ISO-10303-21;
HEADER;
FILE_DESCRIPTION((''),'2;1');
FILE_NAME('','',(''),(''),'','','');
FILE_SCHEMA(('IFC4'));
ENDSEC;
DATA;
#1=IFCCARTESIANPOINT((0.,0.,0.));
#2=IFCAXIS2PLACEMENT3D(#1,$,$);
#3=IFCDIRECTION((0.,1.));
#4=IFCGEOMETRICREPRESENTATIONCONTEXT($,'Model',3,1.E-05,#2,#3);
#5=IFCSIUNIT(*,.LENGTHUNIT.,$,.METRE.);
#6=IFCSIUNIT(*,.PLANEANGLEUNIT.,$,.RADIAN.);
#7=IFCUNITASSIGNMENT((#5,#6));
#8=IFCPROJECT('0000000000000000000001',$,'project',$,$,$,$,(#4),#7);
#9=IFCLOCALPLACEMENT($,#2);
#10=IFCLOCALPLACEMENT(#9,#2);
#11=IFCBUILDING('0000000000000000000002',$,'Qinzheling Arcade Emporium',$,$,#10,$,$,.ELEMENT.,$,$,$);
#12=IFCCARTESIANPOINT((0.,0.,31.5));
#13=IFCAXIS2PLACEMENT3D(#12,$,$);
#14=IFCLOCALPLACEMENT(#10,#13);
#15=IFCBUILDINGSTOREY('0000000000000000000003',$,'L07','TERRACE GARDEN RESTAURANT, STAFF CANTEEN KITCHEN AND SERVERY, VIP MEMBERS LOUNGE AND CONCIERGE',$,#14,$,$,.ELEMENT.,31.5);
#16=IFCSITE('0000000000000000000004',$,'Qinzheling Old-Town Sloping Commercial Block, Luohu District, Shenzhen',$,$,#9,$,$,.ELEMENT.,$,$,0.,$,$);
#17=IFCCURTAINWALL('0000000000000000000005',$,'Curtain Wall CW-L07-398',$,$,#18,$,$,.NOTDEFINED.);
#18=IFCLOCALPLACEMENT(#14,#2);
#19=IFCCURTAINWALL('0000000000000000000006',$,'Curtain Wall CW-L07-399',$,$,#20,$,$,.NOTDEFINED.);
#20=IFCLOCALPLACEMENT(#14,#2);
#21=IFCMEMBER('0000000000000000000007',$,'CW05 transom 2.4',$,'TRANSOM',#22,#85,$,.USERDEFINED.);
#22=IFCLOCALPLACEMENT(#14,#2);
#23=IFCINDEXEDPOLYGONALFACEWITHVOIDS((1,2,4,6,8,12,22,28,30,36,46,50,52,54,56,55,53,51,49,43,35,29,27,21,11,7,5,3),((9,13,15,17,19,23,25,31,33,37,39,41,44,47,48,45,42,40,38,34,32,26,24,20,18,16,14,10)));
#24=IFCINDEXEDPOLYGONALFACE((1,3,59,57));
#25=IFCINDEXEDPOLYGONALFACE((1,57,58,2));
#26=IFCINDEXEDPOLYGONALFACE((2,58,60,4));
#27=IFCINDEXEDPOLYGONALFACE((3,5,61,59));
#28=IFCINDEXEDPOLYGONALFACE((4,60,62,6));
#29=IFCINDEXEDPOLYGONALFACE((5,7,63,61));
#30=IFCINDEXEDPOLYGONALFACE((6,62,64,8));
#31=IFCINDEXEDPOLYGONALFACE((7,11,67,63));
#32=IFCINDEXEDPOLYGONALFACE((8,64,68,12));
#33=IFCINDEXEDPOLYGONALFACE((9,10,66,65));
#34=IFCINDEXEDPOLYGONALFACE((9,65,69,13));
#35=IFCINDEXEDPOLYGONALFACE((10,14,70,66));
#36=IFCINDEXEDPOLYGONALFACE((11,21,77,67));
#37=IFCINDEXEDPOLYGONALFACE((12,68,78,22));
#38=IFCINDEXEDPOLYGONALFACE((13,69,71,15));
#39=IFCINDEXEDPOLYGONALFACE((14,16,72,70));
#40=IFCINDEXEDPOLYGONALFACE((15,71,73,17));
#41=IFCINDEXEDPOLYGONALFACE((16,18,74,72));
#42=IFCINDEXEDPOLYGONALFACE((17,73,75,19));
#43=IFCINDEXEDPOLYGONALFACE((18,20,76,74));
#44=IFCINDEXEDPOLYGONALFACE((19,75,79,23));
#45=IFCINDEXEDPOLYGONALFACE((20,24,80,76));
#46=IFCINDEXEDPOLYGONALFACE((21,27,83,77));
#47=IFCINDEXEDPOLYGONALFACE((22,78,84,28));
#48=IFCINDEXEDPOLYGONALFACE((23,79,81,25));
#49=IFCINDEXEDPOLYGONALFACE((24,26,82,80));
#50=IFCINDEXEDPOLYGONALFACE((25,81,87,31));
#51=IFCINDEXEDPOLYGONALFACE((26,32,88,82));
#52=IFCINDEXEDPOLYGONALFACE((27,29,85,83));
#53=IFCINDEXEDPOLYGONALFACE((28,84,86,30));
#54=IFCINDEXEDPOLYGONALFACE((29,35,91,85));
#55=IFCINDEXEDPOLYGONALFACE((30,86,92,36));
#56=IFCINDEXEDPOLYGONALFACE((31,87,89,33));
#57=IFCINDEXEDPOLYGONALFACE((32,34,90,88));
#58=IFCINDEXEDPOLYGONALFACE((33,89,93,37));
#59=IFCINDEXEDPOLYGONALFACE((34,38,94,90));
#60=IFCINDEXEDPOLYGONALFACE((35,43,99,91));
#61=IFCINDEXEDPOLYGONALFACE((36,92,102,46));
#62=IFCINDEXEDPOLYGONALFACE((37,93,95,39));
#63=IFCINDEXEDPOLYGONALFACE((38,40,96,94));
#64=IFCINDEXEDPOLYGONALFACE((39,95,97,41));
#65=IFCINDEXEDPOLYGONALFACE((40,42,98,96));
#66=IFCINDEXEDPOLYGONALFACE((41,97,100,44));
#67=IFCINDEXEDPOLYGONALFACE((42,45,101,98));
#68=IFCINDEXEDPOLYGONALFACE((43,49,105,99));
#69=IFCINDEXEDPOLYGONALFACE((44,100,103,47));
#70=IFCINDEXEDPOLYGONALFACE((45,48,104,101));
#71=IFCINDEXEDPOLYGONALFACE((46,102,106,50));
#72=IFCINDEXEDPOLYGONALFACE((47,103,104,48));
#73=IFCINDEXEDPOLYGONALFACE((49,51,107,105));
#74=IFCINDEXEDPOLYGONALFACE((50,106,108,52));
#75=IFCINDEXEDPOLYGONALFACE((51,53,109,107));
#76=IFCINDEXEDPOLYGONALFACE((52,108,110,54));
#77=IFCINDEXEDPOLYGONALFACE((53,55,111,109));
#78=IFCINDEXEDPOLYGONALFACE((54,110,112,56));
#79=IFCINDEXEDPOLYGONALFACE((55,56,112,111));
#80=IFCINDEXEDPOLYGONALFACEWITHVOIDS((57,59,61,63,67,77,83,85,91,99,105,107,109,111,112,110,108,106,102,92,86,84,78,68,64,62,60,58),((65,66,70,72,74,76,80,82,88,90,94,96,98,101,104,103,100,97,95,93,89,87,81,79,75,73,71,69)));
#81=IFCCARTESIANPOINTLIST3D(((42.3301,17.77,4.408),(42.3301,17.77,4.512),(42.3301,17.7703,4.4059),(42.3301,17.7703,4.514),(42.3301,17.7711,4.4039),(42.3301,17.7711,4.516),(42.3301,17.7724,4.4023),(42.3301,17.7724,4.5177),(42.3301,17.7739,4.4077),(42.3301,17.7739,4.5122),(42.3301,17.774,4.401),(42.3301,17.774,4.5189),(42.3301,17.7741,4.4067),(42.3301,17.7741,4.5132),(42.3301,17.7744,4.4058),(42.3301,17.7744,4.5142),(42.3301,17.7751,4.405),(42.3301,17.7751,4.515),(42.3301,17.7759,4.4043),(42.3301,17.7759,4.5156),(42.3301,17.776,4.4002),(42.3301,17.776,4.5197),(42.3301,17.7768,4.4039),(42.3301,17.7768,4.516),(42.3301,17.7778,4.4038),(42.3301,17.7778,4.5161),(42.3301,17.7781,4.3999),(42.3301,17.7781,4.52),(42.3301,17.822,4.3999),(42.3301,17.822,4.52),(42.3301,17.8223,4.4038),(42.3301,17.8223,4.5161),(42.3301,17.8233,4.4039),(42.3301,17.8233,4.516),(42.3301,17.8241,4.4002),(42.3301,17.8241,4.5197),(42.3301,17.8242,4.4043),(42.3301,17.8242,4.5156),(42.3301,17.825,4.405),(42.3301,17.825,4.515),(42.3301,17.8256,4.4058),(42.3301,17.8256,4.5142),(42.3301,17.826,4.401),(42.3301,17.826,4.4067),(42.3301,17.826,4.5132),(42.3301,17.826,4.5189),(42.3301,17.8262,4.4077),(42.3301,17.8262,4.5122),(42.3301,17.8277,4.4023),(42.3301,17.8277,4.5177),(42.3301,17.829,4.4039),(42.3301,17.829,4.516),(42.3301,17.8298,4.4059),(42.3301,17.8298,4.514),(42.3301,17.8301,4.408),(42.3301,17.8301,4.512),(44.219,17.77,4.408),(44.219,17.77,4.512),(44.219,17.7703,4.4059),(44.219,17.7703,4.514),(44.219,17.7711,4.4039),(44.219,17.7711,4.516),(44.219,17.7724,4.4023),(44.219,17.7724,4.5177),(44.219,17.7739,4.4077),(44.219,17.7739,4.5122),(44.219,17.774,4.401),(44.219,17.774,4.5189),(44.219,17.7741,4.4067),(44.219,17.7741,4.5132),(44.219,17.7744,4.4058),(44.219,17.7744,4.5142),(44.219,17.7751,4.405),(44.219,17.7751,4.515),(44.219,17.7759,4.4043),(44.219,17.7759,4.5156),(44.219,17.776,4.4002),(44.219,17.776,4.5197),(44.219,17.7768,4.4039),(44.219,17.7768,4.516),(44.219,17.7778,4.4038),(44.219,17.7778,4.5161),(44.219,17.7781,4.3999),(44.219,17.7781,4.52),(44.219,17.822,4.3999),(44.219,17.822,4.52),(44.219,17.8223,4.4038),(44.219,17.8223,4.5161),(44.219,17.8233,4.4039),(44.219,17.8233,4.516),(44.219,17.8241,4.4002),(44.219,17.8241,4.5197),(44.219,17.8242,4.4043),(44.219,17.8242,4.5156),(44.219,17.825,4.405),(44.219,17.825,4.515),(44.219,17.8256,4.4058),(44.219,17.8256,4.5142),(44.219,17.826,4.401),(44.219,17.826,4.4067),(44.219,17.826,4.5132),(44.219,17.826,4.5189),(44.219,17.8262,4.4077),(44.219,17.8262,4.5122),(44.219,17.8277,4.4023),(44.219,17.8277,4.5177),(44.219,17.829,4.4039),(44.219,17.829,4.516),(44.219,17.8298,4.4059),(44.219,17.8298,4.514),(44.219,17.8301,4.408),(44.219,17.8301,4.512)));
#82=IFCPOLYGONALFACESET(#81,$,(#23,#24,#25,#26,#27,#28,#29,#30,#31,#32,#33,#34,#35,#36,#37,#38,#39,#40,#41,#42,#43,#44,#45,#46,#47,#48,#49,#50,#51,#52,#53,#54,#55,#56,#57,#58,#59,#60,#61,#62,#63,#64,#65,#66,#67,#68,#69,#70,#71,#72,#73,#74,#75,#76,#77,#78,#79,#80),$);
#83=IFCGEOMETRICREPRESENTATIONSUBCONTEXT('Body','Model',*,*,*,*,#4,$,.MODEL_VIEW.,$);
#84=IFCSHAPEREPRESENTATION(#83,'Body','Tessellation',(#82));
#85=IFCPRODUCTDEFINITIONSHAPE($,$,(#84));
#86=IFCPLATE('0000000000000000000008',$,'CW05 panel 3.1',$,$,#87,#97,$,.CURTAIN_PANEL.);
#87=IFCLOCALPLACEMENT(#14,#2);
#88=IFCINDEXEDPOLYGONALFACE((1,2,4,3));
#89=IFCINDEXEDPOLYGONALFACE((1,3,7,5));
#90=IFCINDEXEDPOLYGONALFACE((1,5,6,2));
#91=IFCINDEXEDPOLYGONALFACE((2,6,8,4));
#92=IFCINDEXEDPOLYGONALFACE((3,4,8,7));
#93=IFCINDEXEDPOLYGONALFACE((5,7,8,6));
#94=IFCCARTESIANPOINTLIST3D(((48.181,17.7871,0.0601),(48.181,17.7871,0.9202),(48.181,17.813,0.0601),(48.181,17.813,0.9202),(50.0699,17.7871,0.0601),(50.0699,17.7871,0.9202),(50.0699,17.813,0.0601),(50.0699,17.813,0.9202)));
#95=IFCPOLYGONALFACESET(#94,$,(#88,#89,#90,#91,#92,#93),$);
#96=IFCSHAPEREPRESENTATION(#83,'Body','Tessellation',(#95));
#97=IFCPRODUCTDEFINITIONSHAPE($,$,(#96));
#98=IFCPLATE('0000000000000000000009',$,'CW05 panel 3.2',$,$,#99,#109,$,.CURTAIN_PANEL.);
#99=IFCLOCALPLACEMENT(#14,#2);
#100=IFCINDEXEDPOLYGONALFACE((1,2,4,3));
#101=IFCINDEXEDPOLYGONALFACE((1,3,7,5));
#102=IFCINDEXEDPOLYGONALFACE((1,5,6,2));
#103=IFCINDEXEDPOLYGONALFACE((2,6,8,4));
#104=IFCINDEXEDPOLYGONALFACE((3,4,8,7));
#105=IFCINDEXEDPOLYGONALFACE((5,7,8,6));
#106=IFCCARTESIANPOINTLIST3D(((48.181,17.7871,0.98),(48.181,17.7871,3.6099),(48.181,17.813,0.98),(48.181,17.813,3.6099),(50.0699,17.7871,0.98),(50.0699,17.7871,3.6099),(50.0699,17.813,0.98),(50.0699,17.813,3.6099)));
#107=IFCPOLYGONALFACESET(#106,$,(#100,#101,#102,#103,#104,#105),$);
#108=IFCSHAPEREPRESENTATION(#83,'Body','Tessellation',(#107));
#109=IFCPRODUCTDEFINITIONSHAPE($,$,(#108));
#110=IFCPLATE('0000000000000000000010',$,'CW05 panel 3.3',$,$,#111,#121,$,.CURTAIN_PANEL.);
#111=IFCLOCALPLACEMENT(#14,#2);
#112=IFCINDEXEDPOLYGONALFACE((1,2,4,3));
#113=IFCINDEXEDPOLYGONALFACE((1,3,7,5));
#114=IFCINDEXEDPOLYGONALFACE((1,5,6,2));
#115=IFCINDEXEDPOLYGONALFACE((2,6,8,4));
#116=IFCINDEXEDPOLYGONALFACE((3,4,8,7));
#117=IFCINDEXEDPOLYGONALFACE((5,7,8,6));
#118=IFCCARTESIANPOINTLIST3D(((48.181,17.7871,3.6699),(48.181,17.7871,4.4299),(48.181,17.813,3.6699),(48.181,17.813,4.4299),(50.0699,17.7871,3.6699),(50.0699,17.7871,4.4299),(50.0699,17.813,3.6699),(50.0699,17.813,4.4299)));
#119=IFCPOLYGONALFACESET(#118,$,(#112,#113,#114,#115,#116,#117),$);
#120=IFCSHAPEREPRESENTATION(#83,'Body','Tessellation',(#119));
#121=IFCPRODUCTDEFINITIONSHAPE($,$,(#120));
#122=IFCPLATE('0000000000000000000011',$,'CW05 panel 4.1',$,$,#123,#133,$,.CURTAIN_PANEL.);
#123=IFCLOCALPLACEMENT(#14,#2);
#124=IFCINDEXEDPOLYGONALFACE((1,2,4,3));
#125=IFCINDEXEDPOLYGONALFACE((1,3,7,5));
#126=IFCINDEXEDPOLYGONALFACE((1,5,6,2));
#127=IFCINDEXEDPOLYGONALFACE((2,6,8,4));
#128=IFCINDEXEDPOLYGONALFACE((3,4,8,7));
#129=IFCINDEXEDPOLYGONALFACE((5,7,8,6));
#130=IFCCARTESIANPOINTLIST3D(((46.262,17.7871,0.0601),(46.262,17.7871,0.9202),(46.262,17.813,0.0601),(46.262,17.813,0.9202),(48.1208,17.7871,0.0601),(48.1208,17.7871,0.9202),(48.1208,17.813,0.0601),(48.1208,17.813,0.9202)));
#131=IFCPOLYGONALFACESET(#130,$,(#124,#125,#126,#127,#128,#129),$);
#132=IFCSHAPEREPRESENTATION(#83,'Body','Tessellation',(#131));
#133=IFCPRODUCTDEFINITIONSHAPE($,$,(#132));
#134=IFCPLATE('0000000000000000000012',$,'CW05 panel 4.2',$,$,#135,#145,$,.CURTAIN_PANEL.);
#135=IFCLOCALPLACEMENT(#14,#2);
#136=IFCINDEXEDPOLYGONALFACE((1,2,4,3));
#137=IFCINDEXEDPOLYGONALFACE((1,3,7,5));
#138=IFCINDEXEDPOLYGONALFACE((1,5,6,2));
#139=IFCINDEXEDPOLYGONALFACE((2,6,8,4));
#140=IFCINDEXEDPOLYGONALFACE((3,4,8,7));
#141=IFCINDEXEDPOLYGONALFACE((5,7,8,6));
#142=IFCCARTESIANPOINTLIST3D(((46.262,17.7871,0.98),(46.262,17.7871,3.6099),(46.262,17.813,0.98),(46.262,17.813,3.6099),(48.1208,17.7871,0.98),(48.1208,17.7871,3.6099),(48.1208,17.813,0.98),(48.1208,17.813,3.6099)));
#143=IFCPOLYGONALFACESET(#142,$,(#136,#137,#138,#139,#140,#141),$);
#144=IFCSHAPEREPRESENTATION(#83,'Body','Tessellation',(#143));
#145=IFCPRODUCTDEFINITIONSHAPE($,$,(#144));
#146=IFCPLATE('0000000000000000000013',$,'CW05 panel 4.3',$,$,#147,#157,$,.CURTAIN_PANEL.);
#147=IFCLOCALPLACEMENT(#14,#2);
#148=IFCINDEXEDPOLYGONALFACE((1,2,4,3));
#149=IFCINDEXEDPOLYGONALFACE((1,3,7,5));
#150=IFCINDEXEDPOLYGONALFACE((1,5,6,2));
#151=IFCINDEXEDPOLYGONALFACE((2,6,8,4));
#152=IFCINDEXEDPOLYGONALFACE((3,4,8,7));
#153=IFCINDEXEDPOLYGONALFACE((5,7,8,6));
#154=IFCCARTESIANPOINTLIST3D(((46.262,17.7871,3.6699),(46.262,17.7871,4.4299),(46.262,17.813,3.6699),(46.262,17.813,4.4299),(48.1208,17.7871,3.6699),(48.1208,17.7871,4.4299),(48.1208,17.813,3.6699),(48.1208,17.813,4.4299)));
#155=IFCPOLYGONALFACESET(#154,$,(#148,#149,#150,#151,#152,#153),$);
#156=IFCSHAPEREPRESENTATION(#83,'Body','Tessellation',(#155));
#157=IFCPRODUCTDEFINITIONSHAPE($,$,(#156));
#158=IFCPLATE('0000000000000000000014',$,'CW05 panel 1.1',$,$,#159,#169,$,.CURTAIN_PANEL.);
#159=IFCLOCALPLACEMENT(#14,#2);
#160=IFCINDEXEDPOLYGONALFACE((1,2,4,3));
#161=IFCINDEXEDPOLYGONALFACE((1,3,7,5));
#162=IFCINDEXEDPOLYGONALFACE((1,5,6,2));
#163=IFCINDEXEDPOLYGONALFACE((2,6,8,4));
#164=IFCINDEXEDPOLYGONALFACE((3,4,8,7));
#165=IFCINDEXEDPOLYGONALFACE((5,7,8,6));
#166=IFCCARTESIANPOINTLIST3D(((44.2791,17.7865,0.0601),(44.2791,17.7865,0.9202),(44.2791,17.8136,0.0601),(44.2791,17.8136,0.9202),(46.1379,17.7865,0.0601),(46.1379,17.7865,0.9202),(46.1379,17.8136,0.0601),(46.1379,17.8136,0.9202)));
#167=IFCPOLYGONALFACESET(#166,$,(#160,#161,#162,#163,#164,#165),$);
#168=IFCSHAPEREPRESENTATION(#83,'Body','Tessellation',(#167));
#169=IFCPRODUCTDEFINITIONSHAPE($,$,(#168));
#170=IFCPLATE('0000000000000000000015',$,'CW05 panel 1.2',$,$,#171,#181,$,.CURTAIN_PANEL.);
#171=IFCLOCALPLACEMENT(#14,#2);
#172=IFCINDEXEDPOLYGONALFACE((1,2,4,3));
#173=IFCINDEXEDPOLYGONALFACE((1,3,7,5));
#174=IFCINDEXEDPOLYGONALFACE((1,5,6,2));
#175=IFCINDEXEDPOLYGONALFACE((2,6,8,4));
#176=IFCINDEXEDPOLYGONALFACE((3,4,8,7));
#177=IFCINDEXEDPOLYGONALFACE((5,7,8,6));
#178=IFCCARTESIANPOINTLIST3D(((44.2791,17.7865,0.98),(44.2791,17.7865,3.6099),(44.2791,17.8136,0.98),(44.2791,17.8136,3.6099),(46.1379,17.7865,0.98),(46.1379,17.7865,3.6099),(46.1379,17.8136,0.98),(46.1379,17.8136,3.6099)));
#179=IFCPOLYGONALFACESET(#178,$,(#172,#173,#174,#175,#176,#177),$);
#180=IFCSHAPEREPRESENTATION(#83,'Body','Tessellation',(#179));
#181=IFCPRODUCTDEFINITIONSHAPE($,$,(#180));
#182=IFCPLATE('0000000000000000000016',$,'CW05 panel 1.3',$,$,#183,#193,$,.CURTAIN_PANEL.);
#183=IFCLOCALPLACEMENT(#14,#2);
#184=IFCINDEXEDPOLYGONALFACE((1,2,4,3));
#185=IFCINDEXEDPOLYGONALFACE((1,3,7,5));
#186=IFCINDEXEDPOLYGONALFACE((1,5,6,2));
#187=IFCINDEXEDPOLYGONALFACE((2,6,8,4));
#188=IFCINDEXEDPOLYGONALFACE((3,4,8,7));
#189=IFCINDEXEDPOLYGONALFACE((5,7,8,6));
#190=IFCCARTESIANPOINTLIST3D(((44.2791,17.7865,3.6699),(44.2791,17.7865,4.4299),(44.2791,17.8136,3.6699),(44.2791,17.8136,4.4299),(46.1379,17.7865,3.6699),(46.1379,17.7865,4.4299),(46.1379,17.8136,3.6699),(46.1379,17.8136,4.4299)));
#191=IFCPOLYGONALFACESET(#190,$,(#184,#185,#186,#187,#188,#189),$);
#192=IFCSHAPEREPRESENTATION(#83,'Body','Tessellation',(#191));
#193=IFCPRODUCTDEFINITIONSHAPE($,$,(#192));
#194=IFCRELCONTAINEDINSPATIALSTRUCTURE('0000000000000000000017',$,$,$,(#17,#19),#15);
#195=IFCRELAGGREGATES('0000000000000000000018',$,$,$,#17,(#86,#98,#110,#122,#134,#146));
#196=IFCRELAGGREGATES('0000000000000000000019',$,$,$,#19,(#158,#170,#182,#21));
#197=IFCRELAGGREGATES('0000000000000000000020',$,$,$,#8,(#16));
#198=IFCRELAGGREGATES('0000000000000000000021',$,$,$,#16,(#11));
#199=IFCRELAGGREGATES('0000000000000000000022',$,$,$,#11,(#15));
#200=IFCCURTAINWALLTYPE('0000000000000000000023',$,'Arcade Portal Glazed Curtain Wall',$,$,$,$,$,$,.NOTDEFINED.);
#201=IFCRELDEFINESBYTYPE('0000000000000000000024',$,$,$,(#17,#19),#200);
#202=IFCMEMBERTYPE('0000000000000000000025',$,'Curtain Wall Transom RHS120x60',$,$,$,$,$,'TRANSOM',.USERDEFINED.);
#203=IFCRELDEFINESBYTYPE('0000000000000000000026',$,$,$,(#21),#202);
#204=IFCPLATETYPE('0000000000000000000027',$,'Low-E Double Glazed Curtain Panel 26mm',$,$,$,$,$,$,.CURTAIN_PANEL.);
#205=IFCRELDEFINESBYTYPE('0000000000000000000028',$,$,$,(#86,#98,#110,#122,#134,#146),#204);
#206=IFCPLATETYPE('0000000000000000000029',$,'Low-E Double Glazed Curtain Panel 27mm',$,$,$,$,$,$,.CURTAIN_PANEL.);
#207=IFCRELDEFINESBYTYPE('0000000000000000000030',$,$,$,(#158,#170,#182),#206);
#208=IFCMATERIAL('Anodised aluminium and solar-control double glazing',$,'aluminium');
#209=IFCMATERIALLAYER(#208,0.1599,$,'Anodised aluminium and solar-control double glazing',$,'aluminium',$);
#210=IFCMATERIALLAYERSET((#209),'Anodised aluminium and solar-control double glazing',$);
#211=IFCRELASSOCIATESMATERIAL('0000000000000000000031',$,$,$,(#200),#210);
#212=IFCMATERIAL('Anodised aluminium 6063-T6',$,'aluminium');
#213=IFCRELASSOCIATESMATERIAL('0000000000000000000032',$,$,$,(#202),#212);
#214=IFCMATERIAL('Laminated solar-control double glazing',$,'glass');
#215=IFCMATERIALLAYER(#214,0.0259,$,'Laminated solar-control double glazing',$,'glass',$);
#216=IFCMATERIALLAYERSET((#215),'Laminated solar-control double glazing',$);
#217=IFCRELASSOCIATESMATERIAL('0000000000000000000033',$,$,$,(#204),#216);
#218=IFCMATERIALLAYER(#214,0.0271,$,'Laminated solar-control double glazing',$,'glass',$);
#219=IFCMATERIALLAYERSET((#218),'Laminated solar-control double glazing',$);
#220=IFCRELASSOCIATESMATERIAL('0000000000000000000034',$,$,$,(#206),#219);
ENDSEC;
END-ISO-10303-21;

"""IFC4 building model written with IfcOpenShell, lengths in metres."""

from ifc_helpers import new_model, si_unit, direction, frame, origin, origin_2d, place, context, subcontext, project, spatial, rectangle, hollow_rectangle, extrude, material, layer, layer_set, material_profile, profile_set, type_object, element, aggregate, save


model = new_model("IFC4")

# Units and contexts
model_context = context("Model", 3, precision=1e-05, world=origin(), true_north=direction((0.0, 1.0)))
body_context = subcontext(model_context, "Body", "Model", "MODEL_VIEW")
ifc_project = project(units=[si_unit("LENGTHUNIT", "METRE"), si_unit("PLANEANGLEUNIT", "RADIAN")], contexts=[model_context])

# Site, building, storey
site_placement = place(None, origin())
site = spatial("IfcSite", under=ifc_project, at=site_placement, Name="Qinzheling Old-Town Sloping Commercial Block, Luohu District, Shenzhen", CompositionType="ELEMENT", RefElevation=0.0)
building_placement = place(site_placement, origin())
building = spatial("IfcBuilding", under=site, at=building_placement, Name="Qinzheling Arcade Emporium", CompositionType="ELEMENT")
storey_placement = place(building_placement, frame((0.0, 0.0, 31.5)))
storey = spatial("IfcBuildingStorey", under=building, at=storey_placement, Name="L07", Description="TERRACE GARDEN RESTAURANT, STAFF CANTEEN KITCHEN AND SERVERY, VIP MEMBERS LOUNGE AND CONCIERGE", CompositionType="ELEMENT", Elevation=31.5)

# Curtain walls
ifc_material_1 = material(Name="Anodised aluminium and solar-control double glazing", Category="aluminium")
ifc_layer_1 = layer(ifc_material_1, 0.1599, Name="Anodised aluminium and solar-control double glazing", Category="aluminium")
ifc_layer_set_1 = layer_set([ifc_layer_1], Name="Anodised aluminium and solar-control double glazing")
curtain_wall_type = type_object("IfcCurtainWallType", Name="Arcade Portal Glazed Curtain Wall", PredefinedType="NOTDEFINED", material=ifc_layer_set_1)
curtain_wall_1_placement = place(storey_placement, origin())
curtain_wall_1 = element("IfcCurtainWall", 1, at=curtain_wall_1_placement, inside=storey, type_object=curtain_wall_type, Name="Curtain Wall CW-L07-398", PredefinedType="NOTDEFINED")
ifc_material_2 = material(Name="Anodised aluminium 6063-T6", Category="aluminium")
curtain_wall_2_placement = place(storey_placement, origin())
curtain_wall_2 = element("IfcCurtainWall", 2, at=curtain_wall_2_placement, inside=storey, type_object=curtain_wall_type, Name="Curtain Wall CW-L07-399", PredefinedType="NOTDEFINED")

# Member
ifc_material_profile_1 = material_profile(ifc_material_2, hollow_rectangle(XDim=0.0601, YDim=0.1201, WallThickness=0.0039, InnerFilletRadius=0.0039, OuterFilletRadius=0.0081, at=origin_2d()), Name="RHS 120x60x4", Category="aluminium")
ifc_profile_set_1 = profile_set([ifc_material_profile_1], Name="Anodised aluminium 6063-T6")
member_type_1 = type_object("IfcMemberType", Name="Curtain Wall Transom RHS120x60", ElementType="TRANSOM", PredefinedType="USERDEFINED", material=ifc_profile_set_1)
member_1_placement = place(storey_placement, frame((44.219, 17.8, 4.46), z_axis=(-1.0, 0.0, 0.0), x_axis=(0.0, -1.0, 0.0)))
member_1 = element("IfcMember", 3, at=member_1_placement, type_object=member_type_1, Name="CW05 transom 2.4", ObjectType="TRANSOM", PredefinedType="USERDEFINED", context=body_context, shape_type="SweptSolid", body=[
    extrude(hollow_rectangle(XDim=0.0601, YDim=0.1201, WallThickness=0.0039, InnerFilletRadius=0.0039, OuterFilletRadius=0.0081, at=origin_2d()), origin(), (0.0, 0.0, 1.0), 1.8889),
])

# Plates
ifc_material_3 = material(Name="Laminated solar-control double glazing", Category="glass")
ifc_layer_2 = layer(ifc_material_3, 0.0259, Name="Laminated solar-control double glazing", Category="glass")
ifc_layer_set_2 = layer_set([ifc_layer_2], Name="Laminated solar-control double glazing")
plate_type_1 = type_object("IfcPlateType", Name="Low-E Double Glazed Curtain Panel 26mm", PredefinedType="CURTAIN_PANEL", material=ifc_layer_set_2)
plate_1_placement = place(storey_placement, frame((49.1255, 17.8, 0.0601), z_axis=(0.0, 0.0, 1.0), x_axis=(-1.0, 0.0, 0.0)))
plate_1 = element("IfcPlate", 4, at=plate_1_placement, type_object=plate_type_1, Name="CW05 panel 3.1", PredefinedType="CURTAIN_PANEL", context=body_context, shape_type="SweptSolid", body=[
    extrude(rectangle(XDim=1.8889, YDim=0.0259, at=origin_2d()), origin(), (0.0, 0.0, 1.0), 0.8601),
])
plate_2_placement = place(storey_placement, frame((49.1255, 17.8, 0.98), z_axis=(0.0, 0.0, 1.0), x_axis=(-1.0, 0.0, 0.0)))
plate_2 = element("IfcPlate", 5, at=plate_2_placement, type_object=plate_type_1, Name="CW05 panel 3.2", PredefinedType="CURTAIN_PANEL", context=body_context, shape_type="SweptSolid", body=[
    extrude(rectangle(XDim=1.8889, YDim=0.0259, at=origin_2d()), origin(), (0.0, 0.0, 1.0), 2.6299),
])
plate_3_placement = place(storey_placement, frame((49.1255, 17.8, 3.6699), z_axis=(0.0, 0.0, 1.0), x_axis=(-1.0, 0.0, 0.0)))
plate_3 = element("IfcPlate", 6, at=plate_3_placement, type_object=plate_type_1, Name="CW05 panel 3.3", PredefinedType="CURTAIN_PANEL", context=body_context, shape_type="SweptSolid", body=[
    extrude(rectangle(XDim=1.8889, YDim=0.0259, at=origin_2d()), origin(), (0.0, 0.0, 1.0), 0.76),
])
plate_4_placement = place(storey_placement, frame((47.1914, 17.8, 0.0601), z_axis=(0.0, 0.0, 1.0), x_axis=(-1.0, 0.0, 0.0)))
plate_4 = element("IfcPlate", 7, at=plate_4_placement, type_object=plate_type_1, Name="CW05 panel 4.1", PredefinedType="CURTAIN_PANEL", context=body_context, shape_type="SweptSolid", body=[
    extrude(rectangle(XDim=1.8589, YDim=0.0259, at=origin_2d()), origin(), (0.0, 0.0, 1.0), 0.8601),
])
plate_5_placement = place(storey_placement, frame((47.1914, 17.8, 0.98), z_axis=(0.0, 0.0, 1.0), x_axis=(-1.0, 0.0, 0.0)))
plate_5 = element("IfcPlate", 8, at=plate_5_placement, type_object=plate_type_1, Name="CW05 panel 4.2", PredefinedType="CURTAIN_PANEL", context=body_context, shape_type="SweptSolid", body=[
    extrude(rectangle(XDim=1.8589, YDim=0.0259, at=origin_2d()), origin(), (0.0, 0.0, 1.0), 2.6299),
])
plate_6_placement = place(storey_placement, frame((47.1914, 17.8, 3.6699), z_axis=(0.0, 0.0, 1.0), x_axis=(-1.0, 0.0, 0.0)))
plate_6 = element("IfcPlate", 9, at=plate_6_placement, type_object=plate_type_1, Name="CW05 panel 4.3", PredefinedType="CURTAIN_PANEL", context=body_context, shape_type="SweptSolid", body=[
    extrude(rectangle(XDim=1.8589, YDim=0.0259, at=origin_2d()), origin(), (0.0, 0.0, 1.0), 0.76),
])
aggregate(curtain_wall_1, [plate_1, plate_2, plate_3, plate_4, plate_5, plate_6])
ifc_layer_3 = layer(ifc_material_3, 0.0271, Name="Laminated solar-control double glazing", Category="glass")
ifc_layer_set_3 = layer_set([ifc_layer_3], Name="Laminated solar-control double glazing")
plate_type_2 = type_object("IfcPlateType", Name="Low-E Double Glazed Curtain Panel 27mm", PredefinedType="CURTAIN_PANEL", material=ifc_layer_set_3)
plate_7_placement = place(storey_placement, frame((45.2085, 17.8, 0.0601), z_axis=(0.0, 0.0, 1.0), x_axis=(-1.0, 0.0, 0.0)))
plate_7 = element("IfcPlate", 10, at=plate_7_placement, type_object=plate_type_2, Name="CW05 panel 1.1", PredefinedType="CURTAIN_PANEL", context=body_context, shape_type="SweptSolid", body=[
    extrude(rectangle(XDim=1.8589, YDim=0.0271, at=origin_2d()), origin(), (0.0, 0.0, 1.0), 0.8601),
])
plate_8_placement = place(storey_placement, frame((45.2085, 17.8, 0.98), z_axis=(0.0, 0.0, 1.0), x_axis=(-1.0, 0.0, 0.0)))
plate_8 = element("IfcPlate", 11, at=plate_8_placement, type_object=plate_type_2, Name="CW05 panel 1.2", PredefinedType="CURTAIN_PANEL", context=body_context, shape_type="SweptSolid", body=[
    extrude(rectangle(XDim=1.8589, YDim=0.0271, at=origin_2d()), origin(), (0.0, 0.0, 1.0), 2.6299),
])
plate_9_placement = place(storey_placement, frame((45.2085, 17.8, 3.6699), z_axis=(0.0, 0.0, 1.0), x_axis=(-1.0, 0.0, 0.0)))
plate_9 = element("IfcPlate", 12, at=plate_9_placement, type_object=plate_type_2, Name="CW05 panel 1.3", PredefinedType="CURTAIN_PANEL", context=body_context, shape_type="SweptSolid", body=[
    extrude(rectangle(XDim=1.8589, YDim=0.0271, at=origin_2d()), origin(), (0.0, 0.0, 1.0), 0.76),
])
aggregate(curtain_wall_2, [plate_7, plate_8, plate_9, member_1])

save(model, "model.ifc")
